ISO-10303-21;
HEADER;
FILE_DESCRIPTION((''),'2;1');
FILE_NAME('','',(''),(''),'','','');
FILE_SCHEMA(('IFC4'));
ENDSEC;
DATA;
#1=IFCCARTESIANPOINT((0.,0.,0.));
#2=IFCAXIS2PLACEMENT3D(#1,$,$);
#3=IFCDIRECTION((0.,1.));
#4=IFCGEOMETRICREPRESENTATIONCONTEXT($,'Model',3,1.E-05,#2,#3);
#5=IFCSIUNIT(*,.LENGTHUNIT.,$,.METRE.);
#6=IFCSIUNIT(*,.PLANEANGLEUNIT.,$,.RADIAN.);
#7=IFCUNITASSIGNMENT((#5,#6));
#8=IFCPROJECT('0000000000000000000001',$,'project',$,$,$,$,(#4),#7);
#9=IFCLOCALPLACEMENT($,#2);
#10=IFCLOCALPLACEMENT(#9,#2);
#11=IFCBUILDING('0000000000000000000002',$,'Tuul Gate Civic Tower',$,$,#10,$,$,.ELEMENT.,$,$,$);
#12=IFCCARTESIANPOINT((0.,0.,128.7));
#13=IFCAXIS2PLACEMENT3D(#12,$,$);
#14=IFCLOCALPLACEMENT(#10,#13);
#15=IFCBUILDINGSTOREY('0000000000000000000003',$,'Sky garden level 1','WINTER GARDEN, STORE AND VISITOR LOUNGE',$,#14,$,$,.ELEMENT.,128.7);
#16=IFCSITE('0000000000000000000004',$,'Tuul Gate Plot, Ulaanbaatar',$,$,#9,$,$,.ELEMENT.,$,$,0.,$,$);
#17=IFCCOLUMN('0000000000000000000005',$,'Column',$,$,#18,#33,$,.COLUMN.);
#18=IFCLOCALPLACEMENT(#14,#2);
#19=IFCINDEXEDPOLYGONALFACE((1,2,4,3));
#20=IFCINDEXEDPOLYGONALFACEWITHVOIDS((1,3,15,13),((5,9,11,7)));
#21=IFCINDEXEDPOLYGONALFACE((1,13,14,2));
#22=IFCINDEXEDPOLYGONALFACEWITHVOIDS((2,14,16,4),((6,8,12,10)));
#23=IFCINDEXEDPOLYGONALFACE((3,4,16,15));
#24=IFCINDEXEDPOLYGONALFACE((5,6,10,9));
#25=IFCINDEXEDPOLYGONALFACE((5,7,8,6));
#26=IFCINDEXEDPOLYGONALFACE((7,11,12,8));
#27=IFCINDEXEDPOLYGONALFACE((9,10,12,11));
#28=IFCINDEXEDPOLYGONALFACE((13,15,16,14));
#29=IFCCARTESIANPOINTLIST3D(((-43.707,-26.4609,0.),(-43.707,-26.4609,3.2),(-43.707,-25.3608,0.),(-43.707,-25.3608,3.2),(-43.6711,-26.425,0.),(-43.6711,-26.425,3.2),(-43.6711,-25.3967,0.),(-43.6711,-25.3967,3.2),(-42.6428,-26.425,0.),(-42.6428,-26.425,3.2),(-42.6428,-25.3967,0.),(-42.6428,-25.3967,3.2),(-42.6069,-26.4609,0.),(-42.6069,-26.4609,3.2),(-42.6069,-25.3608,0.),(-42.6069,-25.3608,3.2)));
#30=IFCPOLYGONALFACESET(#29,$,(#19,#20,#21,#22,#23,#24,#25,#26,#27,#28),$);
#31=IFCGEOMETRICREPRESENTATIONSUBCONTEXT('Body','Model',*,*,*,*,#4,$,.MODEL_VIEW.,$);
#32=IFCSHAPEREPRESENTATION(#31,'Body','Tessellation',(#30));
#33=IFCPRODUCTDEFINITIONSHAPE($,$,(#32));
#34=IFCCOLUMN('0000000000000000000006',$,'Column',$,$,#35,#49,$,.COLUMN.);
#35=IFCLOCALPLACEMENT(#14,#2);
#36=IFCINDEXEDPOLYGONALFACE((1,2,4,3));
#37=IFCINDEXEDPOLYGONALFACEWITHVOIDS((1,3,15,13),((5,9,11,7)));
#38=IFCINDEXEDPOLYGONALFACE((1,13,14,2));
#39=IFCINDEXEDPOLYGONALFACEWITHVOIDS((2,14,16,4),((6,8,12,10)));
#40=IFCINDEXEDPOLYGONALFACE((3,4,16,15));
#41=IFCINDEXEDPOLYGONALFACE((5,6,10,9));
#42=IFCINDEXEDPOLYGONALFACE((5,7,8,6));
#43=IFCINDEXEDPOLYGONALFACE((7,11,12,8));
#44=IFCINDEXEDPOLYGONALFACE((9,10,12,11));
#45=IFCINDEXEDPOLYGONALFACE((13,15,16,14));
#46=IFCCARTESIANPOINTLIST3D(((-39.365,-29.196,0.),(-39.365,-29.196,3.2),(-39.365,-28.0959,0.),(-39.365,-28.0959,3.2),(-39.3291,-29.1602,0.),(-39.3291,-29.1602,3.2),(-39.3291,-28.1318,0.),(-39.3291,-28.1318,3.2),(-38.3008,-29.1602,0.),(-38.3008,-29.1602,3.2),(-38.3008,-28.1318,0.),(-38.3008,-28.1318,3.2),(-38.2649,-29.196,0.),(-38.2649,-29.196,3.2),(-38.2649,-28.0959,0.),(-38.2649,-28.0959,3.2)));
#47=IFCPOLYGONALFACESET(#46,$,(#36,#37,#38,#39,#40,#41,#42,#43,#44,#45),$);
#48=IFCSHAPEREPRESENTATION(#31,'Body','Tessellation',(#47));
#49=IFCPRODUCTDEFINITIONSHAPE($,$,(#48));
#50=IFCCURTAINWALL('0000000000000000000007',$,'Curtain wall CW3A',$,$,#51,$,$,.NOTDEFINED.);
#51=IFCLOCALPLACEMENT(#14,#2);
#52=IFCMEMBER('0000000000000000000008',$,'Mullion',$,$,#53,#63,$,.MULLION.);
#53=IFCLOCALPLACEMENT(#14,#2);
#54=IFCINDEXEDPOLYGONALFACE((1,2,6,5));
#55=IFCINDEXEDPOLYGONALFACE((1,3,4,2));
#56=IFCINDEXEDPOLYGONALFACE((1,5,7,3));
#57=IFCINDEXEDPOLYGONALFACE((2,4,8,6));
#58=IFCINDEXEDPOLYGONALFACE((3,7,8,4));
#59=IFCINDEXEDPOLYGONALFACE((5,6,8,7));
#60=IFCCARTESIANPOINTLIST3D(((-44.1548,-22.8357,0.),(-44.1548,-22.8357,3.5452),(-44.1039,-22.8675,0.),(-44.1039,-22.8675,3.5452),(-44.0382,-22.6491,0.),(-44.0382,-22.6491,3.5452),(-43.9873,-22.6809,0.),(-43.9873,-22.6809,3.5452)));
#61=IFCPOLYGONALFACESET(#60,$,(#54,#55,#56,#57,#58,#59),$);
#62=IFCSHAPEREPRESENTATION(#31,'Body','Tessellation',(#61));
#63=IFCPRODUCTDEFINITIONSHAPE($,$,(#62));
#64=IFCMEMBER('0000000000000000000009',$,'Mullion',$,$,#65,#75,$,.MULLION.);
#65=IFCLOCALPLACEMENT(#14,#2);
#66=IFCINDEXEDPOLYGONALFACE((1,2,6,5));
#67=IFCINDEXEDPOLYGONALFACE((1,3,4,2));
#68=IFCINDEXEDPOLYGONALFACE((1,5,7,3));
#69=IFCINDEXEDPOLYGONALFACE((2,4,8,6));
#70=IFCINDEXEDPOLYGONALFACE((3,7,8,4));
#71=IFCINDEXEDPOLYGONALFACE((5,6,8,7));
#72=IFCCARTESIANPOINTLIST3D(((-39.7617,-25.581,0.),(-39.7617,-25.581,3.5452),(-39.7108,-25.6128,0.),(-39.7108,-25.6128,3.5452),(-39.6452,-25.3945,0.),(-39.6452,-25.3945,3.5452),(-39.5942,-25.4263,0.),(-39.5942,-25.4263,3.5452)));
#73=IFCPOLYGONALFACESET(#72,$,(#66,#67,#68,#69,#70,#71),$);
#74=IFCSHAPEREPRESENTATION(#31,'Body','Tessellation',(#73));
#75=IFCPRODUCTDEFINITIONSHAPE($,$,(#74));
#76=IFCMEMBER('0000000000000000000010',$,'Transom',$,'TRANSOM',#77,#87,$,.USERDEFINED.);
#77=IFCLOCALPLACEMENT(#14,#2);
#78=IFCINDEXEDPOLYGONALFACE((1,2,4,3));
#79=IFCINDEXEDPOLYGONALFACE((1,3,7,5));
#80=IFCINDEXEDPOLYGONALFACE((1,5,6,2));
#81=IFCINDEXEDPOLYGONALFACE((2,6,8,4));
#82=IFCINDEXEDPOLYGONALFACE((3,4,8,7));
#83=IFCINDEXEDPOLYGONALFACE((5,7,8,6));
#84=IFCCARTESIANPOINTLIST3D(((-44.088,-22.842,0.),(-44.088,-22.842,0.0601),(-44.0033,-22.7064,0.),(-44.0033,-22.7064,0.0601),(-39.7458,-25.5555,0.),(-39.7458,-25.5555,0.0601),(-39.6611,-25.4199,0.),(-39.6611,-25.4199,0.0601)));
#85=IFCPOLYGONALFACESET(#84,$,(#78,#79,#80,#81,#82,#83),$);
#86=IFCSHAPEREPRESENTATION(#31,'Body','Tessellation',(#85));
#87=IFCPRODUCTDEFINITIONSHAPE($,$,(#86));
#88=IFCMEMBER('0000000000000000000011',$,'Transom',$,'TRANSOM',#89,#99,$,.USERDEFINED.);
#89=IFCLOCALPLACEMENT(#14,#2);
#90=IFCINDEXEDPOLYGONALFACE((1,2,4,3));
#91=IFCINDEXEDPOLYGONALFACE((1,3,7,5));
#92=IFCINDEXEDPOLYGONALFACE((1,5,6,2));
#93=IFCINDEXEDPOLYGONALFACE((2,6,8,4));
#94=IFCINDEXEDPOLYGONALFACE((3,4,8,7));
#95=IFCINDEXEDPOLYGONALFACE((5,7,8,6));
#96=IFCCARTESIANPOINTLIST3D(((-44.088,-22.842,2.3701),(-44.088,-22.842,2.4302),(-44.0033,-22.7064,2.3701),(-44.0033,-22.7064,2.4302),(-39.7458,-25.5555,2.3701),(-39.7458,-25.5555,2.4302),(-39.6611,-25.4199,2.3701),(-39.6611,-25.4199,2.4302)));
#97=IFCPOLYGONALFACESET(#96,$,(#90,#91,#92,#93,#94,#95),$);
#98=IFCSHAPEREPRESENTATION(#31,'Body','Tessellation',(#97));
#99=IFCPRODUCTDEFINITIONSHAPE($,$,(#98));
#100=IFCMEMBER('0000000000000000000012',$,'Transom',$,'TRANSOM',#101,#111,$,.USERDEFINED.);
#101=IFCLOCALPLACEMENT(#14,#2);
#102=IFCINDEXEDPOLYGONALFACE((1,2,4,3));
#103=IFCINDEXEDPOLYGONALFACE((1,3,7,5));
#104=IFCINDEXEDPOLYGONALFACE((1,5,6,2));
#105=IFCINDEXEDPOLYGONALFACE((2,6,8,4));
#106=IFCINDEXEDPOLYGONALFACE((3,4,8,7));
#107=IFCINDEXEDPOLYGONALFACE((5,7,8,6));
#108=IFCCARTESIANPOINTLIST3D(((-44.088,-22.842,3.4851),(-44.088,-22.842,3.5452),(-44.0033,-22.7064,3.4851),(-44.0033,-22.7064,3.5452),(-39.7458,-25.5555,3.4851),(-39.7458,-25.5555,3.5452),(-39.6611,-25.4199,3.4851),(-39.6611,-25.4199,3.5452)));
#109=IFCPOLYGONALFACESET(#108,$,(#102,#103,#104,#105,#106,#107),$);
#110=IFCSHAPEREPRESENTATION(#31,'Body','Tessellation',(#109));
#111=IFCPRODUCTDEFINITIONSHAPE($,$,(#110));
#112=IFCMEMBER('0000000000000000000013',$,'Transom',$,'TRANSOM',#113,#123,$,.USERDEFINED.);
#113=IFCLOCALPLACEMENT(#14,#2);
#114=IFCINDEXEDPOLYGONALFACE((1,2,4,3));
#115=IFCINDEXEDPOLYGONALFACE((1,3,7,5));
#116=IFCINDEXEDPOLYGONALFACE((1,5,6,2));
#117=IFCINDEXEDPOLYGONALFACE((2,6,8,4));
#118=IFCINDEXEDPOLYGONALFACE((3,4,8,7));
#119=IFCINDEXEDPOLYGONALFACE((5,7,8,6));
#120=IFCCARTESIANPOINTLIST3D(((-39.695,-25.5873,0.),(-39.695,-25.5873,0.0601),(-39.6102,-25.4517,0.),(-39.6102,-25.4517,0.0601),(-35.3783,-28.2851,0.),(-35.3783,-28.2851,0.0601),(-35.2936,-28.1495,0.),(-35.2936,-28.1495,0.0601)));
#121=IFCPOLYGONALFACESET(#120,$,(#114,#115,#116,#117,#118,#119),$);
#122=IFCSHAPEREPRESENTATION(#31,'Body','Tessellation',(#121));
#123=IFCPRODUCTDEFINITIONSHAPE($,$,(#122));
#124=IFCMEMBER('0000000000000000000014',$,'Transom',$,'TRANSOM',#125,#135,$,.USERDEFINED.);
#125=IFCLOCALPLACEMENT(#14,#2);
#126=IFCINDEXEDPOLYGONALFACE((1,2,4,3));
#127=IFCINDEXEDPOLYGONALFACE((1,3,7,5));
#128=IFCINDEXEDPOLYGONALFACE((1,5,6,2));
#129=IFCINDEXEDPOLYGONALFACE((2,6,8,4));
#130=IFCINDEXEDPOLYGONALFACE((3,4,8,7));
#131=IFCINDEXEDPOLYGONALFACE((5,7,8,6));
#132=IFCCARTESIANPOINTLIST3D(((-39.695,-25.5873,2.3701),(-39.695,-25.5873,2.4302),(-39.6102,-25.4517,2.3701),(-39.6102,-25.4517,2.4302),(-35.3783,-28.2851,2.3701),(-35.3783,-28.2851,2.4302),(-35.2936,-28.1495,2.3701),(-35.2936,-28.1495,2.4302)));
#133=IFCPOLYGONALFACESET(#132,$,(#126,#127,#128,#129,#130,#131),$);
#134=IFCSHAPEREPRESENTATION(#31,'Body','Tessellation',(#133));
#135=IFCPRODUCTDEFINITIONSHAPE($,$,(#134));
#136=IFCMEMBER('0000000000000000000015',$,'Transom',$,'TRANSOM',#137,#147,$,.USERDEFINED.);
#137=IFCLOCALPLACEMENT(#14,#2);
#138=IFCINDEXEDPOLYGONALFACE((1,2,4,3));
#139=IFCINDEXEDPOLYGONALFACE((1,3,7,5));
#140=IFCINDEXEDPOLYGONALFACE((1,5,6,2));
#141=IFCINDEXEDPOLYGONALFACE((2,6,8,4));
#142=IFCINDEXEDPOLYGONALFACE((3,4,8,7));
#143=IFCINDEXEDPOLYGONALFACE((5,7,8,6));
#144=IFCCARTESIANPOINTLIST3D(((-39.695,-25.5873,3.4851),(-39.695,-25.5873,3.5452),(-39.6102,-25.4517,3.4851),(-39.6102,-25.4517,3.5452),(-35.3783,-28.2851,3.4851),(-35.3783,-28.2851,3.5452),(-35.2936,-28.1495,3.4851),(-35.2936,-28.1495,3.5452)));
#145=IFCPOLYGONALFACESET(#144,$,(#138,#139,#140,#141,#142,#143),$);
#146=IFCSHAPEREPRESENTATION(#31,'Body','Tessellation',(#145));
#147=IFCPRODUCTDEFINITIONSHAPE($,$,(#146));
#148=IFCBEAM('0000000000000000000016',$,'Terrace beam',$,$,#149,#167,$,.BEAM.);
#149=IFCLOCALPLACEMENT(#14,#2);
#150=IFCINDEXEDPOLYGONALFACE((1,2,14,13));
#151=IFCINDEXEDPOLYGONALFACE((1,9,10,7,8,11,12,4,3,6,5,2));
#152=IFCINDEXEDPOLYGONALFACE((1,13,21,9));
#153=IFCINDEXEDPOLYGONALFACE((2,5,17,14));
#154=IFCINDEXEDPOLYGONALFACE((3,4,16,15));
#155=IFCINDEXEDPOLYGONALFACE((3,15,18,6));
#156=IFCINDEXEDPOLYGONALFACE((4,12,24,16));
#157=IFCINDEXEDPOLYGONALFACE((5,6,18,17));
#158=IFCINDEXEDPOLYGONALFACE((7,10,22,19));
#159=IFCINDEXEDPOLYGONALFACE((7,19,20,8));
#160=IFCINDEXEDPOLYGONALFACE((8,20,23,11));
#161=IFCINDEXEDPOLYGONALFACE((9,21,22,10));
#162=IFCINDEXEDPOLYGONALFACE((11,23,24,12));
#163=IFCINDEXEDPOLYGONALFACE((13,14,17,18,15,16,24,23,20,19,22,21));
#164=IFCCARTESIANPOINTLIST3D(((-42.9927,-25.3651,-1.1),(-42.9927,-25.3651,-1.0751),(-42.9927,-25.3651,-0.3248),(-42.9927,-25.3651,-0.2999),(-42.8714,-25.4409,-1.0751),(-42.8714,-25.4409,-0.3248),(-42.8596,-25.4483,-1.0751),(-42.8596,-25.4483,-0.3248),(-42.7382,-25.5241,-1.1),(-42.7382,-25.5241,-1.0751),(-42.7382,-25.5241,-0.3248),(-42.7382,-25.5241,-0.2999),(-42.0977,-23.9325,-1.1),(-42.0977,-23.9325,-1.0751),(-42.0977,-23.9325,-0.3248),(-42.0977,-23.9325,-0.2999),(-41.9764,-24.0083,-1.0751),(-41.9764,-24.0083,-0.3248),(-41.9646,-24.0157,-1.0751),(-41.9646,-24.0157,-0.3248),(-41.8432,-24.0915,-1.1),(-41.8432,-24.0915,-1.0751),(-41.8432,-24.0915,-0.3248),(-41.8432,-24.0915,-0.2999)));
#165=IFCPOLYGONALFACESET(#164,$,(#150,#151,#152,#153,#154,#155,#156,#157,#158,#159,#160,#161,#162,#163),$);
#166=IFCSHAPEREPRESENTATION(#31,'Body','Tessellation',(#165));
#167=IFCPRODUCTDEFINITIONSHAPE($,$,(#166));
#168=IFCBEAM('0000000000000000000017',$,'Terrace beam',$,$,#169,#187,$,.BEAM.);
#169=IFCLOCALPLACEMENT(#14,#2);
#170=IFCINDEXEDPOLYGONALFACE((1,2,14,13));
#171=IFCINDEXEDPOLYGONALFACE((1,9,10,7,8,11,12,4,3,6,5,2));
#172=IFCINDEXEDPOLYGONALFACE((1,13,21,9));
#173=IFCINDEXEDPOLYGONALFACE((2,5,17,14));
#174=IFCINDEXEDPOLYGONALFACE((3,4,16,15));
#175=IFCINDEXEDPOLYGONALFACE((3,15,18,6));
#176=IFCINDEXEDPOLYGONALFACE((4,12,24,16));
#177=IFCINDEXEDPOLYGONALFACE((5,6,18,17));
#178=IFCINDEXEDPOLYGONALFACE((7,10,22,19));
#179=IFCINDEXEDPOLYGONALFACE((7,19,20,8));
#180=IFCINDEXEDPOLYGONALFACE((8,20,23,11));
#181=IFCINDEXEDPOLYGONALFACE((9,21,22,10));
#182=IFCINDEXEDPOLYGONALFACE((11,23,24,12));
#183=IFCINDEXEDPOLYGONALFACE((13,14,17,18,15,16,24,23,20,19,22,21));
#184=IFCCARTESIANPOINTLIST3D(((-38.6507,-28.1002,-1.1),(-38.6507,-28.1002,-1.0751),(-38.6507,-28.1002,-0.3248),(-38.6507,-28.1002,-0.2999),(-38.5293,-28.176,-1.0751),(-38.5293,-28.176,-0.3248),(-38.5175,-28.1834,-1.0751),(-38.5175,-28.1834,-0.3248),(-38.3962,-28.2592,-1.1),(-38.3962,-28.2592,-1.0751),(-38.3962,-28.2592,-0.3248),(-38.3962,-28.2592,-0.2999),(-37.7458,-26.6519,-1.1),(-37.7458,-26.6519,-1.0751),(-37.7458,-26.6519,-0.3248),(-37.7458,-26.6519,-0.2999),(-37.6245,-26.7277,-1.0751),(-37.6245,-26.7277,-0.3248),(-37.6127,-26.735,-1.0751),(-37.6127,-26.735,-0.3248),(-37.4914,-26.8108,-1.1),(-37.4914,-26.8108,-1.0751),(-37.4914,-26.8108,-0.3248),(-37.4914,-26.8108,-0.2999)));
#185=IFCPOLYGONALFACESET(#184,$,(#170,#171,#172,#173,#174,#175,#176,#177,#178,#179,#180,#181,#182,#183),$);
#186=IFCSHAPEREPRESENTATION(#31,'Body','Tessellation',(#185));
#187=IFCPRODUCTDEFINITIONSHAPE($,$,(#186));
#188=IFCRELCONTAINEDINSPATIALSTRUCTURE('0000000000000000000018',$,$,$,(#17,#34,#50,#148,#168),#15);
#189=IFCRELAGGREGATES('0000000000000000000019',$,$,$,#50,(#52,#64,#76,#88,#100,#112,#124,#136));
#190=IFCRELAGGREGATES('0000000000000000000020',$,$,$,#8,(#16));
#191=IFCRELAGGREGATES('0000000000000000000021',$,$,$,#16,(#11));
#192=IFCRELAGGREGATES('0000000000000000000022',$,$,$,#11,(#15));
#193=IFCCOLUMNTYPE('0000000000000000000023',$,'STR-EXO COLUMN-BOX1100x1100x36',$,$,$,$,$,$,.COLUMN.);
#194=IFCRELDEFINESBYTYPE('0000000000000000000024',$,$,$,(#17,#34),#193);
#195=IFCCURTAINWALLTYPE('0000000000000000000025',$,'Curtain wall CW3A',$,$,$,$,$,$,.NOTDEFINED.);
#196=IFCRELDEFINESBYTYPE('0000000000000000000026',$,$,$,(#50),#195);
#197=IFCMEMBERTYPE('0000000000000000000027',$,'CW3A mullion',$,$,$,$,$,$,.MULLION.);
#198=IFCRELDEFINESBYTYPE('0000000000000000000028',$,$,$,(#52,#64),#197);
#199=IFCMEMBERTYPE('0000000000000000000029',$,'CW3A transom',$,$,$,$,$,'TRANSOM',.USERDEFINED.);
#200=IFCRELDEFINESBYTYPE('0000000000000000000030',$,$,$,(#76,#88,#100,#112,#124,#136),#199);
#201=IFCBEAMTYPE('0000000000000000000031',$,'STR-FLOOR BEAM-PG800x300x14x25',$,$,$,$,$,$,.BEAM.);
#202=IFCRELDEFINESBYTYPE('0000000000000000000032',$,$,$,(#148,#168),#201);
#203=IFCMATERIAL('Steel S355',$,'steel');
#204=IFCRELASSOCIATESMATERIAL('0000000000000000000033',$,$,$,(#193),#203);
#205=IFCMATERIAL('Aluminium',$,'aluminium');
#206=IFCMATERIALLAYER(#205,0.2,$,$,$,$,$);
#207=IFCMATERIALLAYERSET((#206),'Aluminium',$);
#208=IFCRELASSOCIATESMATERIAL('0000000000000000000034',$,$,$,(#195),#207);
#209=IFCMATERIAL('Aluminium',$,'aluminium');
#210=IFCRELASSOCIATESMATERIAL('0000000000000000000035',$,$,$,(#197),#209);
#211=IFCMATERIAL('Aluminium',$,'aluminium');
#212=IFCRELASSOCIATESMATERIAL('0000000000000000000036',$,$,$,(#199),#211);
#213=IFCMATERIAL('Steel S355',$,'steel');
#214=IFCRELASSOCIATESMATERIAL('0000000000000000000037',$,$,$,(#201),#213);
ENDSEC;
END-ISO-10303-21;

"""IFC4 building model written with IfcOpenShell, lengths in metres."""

from ifc_helpers import new_model, si_unit, direction, frame, origin, origin_2d, place, context, subcontext, project, spatial, rectangle, hollow_rectangle, i_section, extrude, material, layer, layer_set, material_profile, profile_set, type_object, element, aggregate, save


model = new_model("IFC4")

# Units and contexts
model_context = context("Model", 3, precision=1e-05, world=origin(), true_north=direction((0.0, 1.0)))
body_context = subcontext(model_context, "Body", "Model", "MODEL_VIEW")
ifc_project = project(units=[si_unit("LENGTHUNIT", "METRE"), si_unit("PLANEANGLEUNIT", "RADIAN")], contexts=[model_context])

# Site, building, storey
site_placement = place(None, origin())
site = spatial("IfcSite", under=ifc_project, at=site_placement, Name="Tuul Gate Plot, Ulaanbaatar", CompositionType="ELEMENT", RefElevation=0.0)
building_placement = place(site_placement, origin())
building = spatial("IfcBuilding", under=site, at=building_placement, Name="Tuul Gate Civic Tower", CompositionType="ELEMENT")
storey_placement = place(building_placement, frame((0.0, 0.0, 128.7)))
storey = spatial("IfcBuildingStorey", under=building, at=storey_placement, Name="Sky garden level 1", Description="WINTER GARDEN, STORE AND VISITOR LOUNGE", CompositionType="ELEMENT", Elevation=128.7)

# Columns
ifc_material_1 = material(Name="Steel S355", Category="steel")
ifc_material_profile_1 = material_profile(ifc_material_1, hollow_rectangle(XDim=1.1001, YDim=1.1001, WallThickness=0.0359, at=origin_2d()), Name="BOX1100x1100x36")
ifc_profile_set_1 = profile_set([ifc_material_profile_1], Name="Steel S355")
column_type = type_object("IfcColumnType", Name="STR-EXO COLUMN-BOX1100x1100x36", PredefinedType="COLUMN", material=ifc_profile_set_1)
for number, where, z_axis, x_axis, name in (
    (1, (-43.157, -25.9109, 0.0), (0.0, 0.0, 1.0), (1.0, 0.0, 0.0), "Column"),
    (2, (-38.8149, -28.646, 0.0), (0.0, 0.0, 1.0), (1.0, 0.0, 0.0), "Column"),
):
    element("IfcColumn", number, at=place(storey_placement, frame(where, z_axis=z_axis, x_axis=x_axis)), inside=storey, type_object=column_type, Name=name, PredefinedType="COLUMN", context=body_context, shape_type="SweptSolid", body=[
        extrude(hollow_rectangle(XDim=1.1001, YDim=1.1001, WallThickness=0.0359, at=origin_2d()), origin(), (0.0, 0.0, 1.0), 3.2),
    ])

# Curtain wall, members
ifc_material_2 = material(Name="Aluminium", Category="aluminium")
ifc_layer_1 = layer(ifc_material_2, 0.2)
ifc_layer_set_1 = layer_set([ifc_layer_1], Name="Aluminium")
curtain_wall_type = type_object("IfcCurtainWallType", Name="Curtain wall CW3A", PredefinedType="NOTDEFINED", material=ifc_layer_set_1)
curtain_wall_placement = place(storey_placement, origin())
curtain_wall = element("IfcCurtainWall", 3, at=curtain_wall_placement, inside=storey, type_object=curtain_wall_type, Name="Curtain wall CW3A", PredefinedType="NOTDEFINED")
ifc_material_3 = material(Name="Aluminium", Category="aluminium")
ifc_material_profile_2 = material_profile(ifc_material_3, rectangle(XDim=0.22, YDim=0.0601, at=origin_2d()), Name="CW3A mullion")
ifc_profile_set_2 = profile_set([ifc_material_profile_2], Name="Aluminium")
member_type_1 = type_object("IfcMemberType", Name="CW3A mullion", PredefinedType="MULLION", material=ifc_profile_set_2)
member_1_placement = place(storey_placement, frame((-44.071, -22.7583, 0.0), z_axis=(0.0, 0.0, 1.0), x_axis=(0.529958, 0.848024, 0.0)))
member_1 = element("IfcMember", 4, at=member_1_placement, type_object=member_type_1, Name="Mullion", PredefinedType="MULLION", context=body_context, shape_type="SweptSolid", body=[
    extrude(rectangle(XDim=0.22, YDim=0.0601, at=origin_2d()), origin(), (0.0, 0.0, 1.0), 3.5452),
])
member_2_placement = place(storey_placement, frame((-39.678, -25.5037, 0.0), z_axis=(0.0, 0.0, 1.0), x_axis=(0.529958, 0.848024, 0.0)))
member_2 = element("IfcMember", 5, at=member_2_placement, type_object=member_type_1, Name="Mullion", PredefinedType="MULLION", context=body_context, shape_type="SweptSolid", body=[
    extrude(rectangle(XDim=0.22, YDim=0.0601, at=origin_2d()), origin(), (0.0, 0.0, 1.0), 3.5452),
])
ifc_material_4 = material(Name="Aluminium", Category="aluminium")
ifc_material_profile_3 = material_profile(ifc_material_4, rectangle(XDim=0.1599, YDim=0.0601, at=origin_2d()), Name="CW3A transom")
ifc_profile_set_3 = profile_set([ifc_material_profile_3], Name="Aluminium")
member_type_2 = type_object("IfcMemberType", Name="CW3A transom", ElementType="TRANSOM", PredefinedType="USERDEFINED", material=ifc_profile_set_3)
member_3_placement = place(storey_placement, frame((-44.0457, -22.7742, 0.03), z_axis=(0.848025, -0.529956, 0.0), x_axis=(0.529956, 0.848025, 0.0)))
member_3 = element("IfcMember", 6, at=member_3_placement, type_object=member_type_2, Name="Transom", ObjectType="TRANSOM", PredefinedType="USERDEFINED", context=body_context, shape_type="SweptSolid", body=[
    extrude(rectangle(XDim=0.1599, YDim=0.0601, at=origin_2d()), origin(), (0.0, 0.0, 1.0), 5.1204),
])
member_4_placement = place(storey_placement, frame((-44.0457, -22.7742, 2.4001), z_axis=(0.848025, -0.529956, 0.0), x_axis=(0.529956, 0.848025, 0.0)))
member_4 = element("IfcMember", 7, at=member_4_placement, type_object=member_type_2, Name="Transom", ObjectType="TRANSOM", PredefinedType="USERDEFINED", context=body_context, shape_type="SweptSolid", body=[
    extrude(rectangle(XDim=0.1599, YDim=0.0601, at=origin_2d()), origin(), (0.0, 0.0, 1.0), 5.1204),
])
member_5_placement = place(storey_placement, frame((-44.0457, -22.7742, 3.5151), z_axis=(0.848025, -0.529956, 0.0), x_axis=(0.529956, 0.848025, 0.0)))
member_5 = element("IfcMember", 8, at=member_5_placement, type_object=member_type_2, Name="Transom", ObjectType="TRANSOM", PredefinedType="USERDEFINED", context=body_context, shape_type="SweptSolid", body=[
    extrude(rectangle(XDim=0.1599, YDim=0.0601, at=origin_2d()), origin(), (0.0, 0.0, 1.0), 5.1204),
])
member_6_placement = place(storey_placement, frame((-39.6526, -25.5195, 0.03), z_axis=(0.848012, -0.529977, 0.0), x_axis=(0.529977, 0.848012, 0.0)))
member_6 = element("IfcMember", 9, at=member_6_placement, type_object=member_type_2, Name="Transom", ObjectType="TRANSOM", PredefinedType="USERDEFINED", context=body_context, shape_type="SweptSolid", body=[
    extrude(rectangle(XDim=0.1599, YDim=0.0601, at=origin_2d()), origin(), (0.0, 0.0, 1.0), 5.0903),
])
member_7_placement = place(storey_placement, frame((-39.6526, -25.5195, 2.4001), z_axis=(0.848012, -0.529977, 0.0), x_axis=(0.529977, 0.848012, 0.0)))
member_7 = element("IfcMember", 10, at=member_7_placement, type_object=member_type_2, Name="Transom", ObjectType="TRANSOM", PredefinedType="USERDEFINED", context=body_context, shape_type="SweptSolid", body=[
    extrude(rectangle(XDim=0.1599, YDim=0.0601, at=origin_2d()), origin(), (0.0, 0.0, 1.0), 5.0903),
])
member_8_placement = place(storey_placement, frame((-39.6526, -25.5195, 3.5151), z_axis=(0.848012, -0.529977, 0.0), x_axis=(0.529977, 0.848012, 0.0)))
member_8 = element("IfcMember", 11, at=member_8_placement, type_object=member_type_2, Name="Transom", ObjectType="TRANSOM", PredefinedType="USERDEFINED", context=body_context, shape_type="SweptSolid", body=[
    extrude(rectangle(XDim=0.1599, YDim=0.0601, at=origin_2d()), origin(), (0.0, 0.0, 1.0), 5.0903),
])

# Beams
ifc_material_5 = material(Name="Steel S355", Category="steel")
ifc_material_profile_4 = material_profile(ifc_material_5, i_section(OverallWidth=0.3, OverallDepth=0.8, WebThickness=0.0139, FlangeThickness=0.0249, at=origin_2d()), Name="PG800x300x14x25")
ifc_profile_set_4 = profile_set([ifc_material_profile_4], Name="Steel S355")
beam_type = type_object("IfcBeamType", Name="STR-FLOOR BEAM-PG800x300x14x25", PredefinedType="BEAM", material=ifc_profile_set_4)
beam_1_placement = place(storey_placement, frame((-42.8655, -25.4446, -0.7), z_axis=(0.529843, 0.848096, 0.0), x_axis=(-0.848096, 0.529843, 0.0)))
element("IfcBeam", 12, at=beam_1_placement, inside=storey, type_object=beam_type, Name="Terrace beam", PredefinedType="BEAM", context=body_context, shape_type="SweptSolid", body=[
    extrude(i_section(OverallWidth=0.3, OverallDepth=0.8, WebThickness=0.0139, FlangeThickness=0.0249, at=origin_2d()), origin(), (0.0, 0.0, 1.0), 1.6892),
])
beam_2_placement = place(storey_placement, frame((-38.5234, -28.1797, -0.7), z_axis=(0.529845, 0.848095, 0.0), x_axis=(-0.848095, 0.529845, 0.0)))
element("IfcBeam", 13, at=beam_2_placement, inside=storey, type_object=beam_type, Name="Terrace beam", PredefinedType="BEAM", context=body_context, shape_type="SweptSolid", body=[
    extrude(i_section(OverallWidth=0.3, OverallDepth=0.8, WebThickness=0.0139, FlangeThickness=0.0249, at=origin_2d()), origin(), (0.0, 0.0, 1.0), 1.7078),
])

aggregate(curtain_wall, [member_1, member_2, member_3, member_4, member_5, member_6, member_7, member_8])

save(model, "model.ifc")
